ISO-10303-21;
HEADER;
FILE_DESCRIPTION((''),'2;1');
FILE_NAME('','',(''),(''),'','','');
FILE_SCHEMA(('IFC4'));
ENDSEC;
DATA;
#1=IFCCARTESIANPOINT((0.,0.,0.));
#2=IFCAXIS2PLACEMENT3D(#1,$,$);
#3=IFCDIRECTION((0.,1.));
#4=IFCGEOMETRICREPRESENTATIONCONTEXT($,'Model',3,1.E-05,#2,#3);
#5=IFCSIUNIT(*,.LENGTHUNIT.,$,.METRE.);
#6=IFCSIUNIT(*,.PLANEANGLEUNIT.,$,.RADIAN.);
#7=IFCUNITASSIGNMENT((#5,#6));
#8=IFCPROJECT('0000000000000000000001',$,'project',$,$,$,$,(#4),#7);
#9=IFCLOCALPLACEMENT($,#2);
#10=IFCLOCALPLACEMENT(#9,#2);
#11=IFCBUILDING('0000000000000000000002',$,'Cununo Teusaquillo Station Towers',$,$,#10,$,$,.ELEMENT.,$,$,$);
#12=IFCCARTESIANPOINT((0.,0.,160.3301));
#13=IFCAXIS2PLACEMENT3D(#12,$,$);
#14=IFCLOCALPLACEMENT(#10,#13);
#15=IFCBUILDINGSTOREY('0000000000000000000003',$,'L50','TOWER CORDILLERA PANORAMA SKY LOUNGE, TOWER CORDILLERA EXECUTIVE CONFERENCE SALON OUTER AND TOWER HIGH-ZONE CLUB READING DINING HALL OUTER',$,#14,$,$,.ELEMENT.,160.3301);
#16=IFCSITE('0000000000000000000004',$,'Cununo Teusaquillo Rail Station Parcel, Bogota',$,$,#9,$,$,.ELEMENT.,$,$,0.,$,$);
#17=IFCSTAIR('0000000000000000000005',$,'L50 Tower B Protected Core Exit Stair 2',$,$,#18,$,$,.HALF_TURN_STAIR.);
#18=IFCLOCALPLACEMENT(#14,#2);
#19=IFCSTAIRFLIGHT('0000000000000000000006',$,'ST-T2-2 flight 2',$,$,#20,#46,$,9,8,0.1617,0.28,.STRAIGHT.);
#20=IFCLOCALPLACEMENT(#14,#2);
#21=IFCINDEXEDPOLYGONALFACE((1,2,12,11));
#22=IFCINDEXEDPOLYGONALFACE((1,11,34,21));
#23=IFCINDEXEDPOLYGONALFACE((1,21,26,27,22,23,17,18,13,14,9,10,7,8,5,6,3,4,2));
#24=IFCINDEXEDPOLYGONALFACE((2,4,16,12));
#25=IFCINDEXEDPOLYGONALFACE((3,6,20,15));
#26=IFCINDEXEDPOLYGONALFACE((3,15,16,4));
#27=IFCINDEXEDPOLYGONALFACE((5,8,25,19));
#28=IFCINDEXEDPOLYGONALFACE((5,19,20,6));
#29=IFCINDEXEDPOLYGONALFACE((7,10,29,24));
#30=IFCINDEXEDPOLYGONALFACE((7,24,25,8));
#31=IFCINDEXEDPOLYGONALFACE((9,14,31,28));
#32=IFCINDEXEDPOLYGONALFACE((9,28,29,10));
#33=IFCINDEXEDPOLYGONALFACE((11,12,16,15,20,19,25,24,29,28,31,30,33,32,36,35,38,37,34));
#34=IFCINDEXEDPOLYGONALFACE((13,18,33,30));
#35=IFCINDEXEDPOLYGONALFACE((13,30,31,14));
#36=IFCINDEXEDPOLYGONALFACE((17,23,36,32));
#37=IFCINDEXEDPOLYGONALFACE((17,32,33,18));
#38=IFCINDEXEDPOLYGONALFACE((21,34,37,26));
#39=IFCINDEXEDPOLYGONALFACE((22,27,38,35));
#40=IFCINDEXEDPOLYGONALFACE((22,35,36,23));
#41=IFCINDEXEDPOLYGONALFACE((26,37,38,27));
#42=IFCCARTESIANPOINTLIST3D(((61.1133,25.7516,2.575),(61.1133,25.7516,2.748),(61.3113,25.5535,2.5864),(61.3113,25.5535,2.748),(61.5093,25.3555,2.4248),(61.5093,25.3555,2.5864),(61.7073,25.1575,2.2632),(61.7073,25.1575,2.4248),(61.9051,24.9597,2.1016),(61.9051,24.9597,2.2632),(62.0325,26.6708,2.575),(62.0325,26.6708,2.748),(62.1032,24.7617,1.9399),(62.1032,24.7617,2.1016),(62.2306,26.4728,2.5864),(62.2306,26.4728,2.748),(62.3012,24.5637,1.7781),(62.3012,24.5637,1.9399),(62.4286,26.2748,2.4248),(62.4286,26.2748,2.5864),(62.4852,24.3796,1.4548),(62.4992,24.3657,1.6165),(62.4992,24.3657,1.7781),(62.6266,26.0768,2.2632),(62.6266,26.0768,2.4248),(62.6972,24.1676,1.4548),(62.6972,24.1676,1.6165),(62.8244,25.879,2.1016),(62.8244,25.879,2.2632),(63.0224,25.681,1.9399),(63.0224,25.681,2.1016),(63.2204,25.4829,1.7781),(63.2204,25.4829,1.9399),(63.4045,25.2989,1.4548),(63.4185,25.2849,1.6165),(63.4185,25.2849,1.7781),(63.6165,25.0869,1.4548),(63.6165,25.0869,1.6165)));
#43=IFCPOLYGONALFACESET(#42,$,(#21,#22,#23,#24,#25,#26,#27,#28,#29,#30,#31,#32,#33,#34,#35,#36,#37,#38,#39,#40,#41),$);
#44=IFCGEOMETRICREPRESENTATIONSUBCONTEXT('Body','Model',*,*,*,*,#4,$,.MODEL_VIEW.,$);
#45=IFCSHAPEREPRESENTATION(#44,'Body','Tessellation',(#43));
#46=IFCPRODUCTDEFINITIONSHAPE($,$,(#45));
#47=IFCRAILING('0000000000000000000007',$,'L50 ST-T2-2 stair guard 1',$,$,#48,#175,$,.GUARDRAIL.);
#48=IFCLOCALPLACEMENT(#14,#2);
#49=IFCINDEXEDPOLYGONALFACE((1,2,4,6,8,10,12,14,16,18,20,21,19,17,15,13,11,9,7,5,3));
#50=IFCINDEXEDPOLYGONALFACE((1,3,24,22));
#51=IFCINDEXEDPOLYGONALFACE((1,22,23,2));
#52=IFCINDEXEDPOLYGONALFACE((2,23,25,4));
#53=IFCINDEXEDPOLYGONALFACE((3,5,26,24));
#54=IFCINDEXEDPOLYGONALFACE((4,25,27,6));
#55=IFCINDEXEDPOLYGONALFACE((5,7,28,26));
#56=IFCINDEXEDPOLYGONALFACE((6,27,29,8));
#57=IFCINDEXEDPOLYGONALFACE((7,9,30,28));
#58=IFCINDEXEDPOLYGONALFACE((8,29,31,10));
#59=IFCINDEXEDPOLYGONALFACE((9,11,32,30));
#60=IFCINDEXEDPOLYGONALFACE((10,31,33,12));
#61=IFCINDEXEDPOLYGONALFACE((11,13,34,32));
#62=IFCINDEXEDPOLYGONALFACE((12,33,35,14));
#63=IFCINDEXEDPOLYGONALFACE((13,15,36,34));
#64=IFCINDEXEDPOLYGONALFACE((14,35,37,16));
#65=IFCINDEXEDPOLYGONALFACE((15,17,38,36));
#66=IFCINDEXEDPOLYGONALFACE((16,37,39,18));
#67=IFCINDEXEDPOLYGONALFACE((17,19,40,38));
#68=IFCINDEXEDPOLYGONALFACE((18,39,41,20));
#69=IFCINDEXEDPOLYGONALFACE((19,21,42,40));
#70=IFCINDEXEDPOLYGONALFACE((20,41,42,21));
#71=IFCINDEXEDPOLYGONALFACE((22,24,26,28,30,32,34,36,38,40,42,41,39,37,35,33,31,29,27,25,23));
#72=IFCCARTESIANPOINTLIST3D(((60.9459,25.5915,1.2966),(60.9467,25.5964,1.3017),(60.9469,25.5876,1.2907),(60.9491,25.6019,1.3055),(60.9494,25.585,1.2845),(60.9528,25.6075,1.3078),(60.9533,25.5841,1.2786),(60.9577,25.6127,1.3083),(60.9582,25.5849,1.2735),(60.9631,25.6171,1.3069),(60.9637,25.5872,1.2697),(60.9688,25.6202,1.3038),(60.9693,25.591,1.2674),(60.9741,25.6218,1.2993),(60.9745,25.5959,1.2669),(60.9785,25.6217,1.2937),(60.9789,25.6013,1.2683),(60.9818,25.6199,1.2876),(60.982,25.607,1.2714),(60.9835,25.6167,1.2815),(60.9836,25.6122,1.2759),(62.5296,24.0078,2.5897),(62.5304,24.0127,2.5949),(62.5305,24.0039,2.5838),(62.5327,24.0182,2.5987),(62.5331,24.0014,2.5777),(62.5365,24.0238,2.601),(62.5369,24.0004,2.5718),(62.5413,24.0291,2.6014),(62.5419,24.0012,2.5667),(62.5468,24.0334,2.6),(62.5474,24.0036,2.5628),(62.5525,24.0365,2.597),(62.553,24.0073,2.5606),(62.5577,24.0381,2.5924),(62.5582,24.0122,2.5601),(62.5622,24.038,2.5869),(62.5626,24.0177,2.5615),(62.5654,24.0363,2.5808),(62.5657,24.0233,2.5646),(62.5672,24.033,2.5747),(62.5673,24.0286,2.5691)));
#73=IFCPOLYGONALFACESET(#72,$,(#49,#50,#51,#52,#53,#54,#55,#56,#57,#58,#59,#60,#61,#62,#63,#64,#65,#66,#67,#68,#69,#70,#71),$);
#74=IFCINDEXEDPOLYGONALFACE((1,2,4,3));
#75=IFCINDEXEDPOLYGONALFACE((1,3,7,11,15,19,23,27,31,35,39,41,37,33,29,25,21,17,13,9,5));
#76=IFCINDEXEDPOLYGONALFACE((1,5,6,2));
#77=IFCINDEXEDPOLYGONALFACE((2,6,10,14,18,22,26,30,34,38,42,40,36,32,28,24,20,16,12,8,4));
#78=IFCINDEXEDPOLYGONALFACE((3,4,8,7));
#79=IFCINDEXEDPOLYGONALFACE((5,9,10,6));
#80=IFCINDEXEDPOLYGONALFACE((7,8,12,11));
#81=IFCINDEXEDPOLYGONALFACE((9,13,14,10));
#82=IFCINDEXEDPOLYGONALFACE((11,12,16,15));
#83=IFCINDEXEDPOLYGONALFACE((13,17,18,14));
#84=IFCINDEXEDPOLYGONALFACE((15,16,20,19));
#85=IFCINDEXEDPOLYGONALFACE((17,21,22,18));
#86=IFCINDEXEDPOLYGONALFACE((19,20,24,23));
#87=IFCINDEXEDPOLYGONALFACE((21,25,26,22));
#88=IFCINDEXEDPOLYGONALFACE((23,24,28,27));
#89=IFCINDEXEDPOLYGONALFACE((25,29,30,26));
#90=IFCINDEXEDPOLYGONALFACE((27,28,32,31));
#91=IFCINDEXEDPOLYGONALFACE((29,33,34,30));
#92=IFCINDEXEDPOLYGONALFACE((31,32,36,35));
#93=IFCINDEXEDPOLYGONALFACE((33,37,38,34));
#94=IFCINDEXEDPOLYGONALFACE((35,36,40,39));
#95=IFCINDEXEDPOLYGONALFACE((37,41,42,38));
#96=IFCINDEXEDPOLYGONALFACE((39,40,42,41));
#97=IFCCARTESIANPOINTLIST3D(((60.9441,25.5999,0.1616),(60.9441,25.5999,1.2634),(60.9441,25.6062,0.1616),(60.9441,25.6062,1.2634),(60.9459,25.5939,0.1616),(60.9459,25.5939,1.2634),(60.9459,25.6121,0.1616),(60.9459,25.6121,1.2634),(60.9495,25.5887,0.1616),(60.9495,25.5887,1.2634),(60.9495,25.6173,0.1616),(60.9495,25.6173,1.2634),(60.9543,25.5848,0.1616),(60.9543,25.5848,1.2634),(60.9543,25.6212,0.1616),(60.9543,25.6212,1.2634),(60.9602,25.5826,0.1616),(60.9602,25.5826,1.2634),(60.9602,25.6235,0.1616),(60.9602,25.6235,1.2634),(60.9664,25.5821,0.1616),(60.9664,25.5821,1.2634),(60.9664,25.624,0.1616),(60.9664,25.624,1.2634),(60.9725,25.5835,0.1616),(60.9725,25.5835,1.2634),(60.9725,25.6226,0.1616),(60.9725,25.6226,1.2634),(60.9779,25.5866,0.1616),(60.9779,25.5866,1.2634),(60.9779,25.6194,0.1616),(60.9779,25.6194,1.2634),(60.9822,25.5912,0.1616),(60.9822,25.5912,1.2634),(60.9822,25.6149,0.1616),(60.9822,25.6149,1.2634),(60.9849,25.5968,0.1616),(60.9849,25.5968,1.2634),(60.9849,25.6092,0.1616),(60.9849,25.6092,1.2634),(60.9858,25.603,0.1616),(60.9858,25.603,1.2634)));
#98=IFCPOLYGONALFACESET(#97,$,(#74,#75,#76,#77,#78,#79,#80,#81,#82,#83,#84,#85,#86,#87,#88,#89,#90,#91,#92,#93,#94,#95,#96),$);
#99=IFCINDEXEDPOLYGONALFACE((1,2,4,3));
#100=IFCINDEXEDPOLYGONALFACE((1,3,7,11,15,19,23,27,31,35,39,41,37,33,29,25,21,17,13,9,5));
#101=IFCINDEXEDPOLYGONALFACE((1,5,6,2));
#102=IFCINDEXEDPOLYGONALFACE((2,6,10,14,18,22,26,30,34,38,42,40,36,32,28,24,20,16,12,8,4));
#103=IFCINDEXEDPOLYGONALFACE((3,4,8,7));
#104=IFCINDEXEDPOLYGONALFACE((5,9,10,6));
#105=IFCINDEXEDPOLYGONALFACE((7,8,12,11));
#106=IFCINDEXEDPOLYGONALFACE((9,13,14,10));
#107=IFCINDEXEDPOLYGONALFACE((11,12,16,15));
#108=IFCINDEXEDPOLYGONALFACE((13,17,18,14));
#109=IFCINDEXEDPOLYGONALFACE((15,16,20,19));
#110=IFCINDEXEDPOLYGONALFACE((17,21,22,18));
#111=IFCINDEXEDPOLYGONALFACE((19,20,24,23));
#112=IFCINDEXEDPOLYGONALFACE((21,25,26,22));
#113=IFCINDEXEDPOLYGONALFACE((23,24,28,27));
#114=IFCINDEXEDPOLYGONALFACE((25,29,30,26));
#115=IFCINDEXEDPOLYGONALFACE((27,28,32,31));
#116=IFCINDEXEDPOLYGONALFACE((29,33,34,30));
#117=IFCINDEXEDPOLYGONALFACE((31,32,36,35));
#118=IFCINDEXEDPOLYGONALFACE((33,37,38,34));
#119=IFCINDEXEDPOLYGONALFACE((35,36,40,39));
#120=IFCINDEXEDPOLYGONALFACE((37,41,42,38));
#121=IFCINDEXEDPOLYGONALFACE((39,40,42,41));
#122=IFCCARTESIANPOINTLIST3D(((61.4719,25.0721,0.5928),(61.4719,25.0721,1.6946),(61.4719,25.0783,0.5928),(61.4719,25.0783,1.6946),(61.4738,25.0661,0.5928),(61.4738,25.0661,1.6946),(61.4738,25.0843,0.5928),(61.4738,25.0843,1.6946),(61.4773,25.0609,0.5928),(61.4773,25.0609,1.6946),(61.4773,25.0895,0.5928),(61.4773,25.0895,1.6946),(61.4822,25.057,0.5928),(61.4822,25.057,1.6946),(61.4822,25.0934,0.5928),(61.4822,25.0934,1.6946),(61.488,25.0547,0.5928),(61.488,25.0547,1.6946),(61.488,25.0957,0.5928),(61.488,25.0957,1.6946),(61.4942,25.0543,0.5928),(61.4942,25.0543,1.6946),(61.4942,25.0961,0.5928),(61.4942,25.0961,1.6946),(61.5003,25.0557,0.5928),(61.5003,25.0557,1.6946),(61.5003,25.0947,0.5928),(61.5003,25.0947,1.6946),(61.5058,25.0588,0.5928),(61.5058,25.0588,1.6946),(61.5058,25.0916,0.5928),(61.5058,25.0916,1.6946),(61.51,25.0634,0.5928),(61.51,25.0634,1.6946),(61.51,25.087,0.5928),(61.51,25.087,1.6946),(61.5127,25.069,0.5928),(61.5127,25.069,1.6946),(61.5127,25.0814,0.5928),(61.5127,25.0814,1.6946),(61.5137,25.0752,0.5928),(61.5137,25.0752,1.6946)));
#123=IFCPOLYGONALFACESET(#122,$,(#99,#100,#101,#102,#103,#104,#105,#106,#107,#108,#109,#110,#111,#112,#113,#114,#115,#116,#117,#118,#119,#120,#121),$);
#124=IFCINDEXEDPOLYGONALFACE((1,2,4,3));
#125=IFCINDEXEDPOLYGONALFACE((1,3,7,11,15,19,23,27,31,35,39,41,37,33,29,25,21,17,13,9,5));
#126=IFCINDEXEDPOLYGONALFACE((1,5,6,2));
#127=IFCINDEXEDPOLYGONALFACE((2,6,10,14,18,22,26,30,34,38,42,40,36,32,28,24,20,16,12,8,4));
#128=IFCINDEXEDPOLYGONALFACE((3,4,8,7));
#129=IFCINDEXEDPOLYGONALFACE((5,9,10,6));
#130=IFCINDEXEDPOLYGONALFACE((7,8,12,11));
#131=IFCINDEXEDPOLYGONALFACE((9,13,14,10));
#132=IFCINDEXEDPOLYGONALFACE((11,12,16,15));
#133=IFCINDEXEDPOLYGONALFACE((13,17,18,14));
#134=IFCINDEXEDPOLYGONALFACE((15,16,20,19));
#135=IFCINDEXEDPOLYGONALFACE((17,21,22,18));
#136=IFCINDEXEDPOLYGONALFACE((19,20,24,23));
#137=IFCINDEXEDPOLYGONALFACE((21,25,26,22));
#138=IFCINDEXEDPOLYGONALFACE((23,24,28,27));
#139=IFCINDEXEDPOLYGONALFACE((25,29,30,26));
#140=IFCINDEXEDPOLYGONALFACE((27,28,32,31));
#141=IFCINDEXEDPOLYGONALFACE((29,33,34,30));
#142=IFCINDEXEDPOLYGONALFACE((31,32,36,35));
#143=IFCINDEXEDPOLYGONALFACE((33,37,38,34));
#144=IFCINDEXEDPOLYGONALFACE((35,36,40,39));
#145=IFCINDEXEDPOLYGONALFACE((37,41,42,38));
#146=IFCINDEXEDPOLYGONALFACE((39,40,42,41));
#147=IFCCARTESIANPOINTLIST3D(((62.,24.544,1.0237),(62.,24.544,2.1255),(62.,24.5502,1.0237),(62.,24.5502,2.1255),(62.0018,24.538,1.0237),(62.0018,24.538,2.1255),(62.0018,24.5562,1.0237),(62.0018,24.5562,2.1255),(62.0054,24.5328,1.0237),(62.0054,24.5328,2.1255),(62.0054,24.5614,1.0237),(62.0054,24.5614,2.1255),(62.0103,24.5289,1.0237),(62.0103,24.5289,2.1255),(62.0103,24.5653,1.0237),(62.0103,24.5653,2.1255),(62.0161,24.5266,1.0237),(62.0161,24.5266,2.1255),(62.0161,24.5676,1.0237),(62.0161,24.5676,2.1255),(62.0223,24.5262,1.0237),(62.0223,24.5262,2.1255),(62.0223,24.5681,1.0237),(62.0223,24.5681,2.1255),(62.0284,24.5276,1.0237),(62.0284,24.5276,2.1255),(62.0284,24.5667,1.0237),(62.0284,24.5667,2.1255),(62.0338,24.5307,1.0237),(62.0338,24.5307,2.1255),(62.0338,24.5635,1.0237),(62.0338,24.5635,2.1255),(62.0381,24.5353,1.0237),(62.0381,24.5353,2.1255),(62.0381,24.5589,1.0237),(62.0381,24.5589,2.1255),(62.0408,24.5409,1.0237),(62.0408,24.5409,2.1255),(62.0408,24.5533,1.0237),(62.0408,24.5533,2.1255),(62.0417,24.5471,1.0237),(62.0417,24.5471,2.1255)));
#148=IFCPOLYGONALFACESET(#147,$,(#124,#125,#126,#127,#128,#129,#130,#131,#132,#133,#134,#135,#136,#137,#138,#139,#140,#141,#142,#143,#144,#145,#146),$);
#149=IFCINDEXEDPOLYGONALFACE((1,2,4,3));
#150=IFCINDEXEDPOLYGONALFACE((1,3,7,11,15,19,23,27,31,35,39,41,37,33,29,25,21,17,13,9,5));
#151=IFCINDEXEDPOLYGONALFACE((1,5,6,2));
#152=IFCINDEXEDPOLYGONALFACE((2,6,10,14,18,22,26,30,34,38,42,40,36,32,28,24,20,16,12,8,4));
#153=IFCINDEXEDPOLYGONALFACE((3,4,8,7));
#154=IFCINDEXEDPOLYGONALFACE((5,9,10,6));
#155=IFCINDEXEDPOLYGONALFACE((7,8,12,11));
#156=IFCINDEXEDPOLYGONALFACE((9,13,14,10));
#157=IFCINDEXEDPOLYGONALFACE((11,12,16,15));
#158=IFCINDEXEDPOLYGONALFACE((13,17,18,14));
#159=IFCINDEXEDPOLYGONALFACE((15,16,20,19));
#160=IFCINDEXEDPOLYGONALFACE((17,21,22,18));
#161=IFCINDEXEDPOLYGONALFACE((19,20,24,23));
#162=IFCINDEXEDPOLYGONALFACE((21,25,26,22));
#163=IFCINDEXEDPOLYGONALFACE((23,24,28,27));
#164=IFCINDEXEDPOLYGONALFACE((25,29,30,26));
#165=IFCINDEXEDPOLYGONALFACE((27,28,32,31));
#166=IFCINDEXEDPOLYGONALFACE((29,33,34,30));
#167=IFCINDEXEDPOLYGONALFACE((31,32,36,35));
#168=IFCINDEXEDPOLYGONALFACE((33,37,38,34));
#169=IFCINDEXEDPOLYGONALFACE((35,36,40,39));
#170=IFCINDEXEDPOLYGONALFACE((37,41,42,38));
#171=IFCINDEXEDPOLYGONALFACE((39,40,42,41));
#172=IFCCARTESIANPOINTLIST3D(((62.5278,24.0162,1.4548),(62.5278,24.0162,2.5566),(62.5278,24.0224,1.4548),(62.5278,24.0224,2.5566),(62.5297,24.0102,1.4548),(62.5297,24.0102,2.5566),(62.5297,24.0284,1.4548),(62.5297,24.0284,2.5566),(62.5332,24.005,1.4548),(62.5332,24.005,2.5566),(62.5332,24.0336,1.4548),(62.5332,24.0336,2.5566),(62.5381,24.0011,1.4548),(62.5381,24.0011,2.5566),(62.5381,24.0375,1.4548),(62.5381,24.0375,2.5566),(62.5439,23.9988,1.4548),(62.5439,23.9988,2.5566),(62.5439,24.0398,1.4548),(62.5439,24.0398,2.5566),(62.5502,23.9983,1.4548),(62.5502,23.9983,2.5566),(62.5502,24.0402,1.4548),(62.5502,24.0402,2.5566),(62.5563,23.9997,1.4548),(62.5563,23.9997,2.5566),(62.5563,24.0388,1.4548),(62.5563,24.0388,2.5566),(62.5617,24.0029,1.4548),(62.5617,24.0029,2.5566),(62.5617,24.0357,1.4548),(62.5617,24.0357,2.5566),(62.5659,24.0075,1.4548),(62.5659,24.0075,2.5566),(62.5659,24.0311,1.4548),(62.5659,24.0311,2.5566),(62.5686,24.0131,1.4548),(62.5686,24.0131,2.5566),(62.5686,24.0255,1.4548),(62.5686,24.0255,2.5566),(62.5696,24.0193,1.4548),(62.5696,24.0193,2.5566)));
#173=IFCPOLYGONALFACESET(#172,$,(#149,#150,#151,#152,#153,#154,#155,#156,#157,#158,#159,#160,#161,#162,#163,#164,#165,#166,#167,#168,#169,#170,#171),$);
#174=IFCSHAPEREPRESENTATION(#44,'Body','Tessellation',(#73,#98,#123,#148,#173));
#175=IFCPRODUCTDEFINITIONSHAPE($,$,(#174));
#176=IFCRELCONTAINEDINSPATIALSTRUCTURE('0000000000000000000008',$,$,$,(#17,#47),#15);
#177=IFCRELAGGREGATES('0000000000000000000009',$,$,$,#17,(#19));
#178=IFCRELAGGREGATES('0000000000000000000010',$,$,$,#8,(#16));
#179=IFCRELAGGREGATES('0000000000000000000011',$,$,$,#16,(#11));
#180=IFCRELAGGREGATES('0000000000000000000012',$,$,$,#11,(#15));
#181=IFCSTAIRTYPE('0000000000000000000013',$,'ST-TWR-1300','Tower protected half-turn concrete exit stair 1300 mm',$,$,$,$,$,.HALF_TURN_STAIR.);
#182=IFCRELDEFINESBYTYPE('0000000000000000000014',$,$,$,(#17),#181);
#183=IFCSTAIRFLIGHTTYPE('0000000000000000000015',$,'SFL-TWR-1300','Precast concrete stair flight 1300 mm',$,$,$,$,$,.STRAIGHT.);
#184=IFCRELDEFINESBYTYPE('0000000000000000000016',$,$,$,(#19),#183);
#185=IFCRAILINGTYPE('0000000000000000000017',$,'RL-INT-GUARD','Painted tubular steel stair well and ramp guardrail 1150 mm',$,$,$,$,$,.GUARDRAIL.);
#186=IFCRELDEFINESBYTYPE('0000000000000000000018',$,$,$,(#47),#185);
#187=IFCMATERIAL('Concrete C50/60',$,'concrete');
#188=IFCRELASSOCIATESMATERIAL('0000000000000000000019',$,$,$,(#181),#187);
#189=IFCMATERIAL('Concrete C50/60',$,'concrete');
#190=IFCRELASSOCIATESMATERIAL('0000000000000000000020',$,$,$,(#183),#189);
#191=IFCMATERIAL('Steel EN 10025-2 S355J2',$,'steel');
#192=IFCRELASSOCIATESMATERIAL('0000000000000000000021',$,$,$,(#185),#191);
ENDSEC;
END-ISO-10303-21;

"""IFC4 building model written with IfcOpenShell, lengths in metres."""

from ifc_helpers import new_model, si_unit, direction, frame, origin, origin_2d, place, context, subcontext, project, spatial, polyline, circle, outline, extrude, material, type_object, element, aggregate, save


model = new_model("IFC4")

# Units and contexts
model_context = context("Model", 3, precision=1e-05, world=origin(), true_north=direction((0.0, 1.0)))
body_context = subcontext(model_context, "Body", "Model", "MODEL_VIEW")
ifc_project = project(units=[si_unit("LENGTHUNIT", "METRE"), si_unit("PLANEANGLEUNIT", "RADIAN")], contexts=[model_context])

# Site, building, storey
site_placement = place(None, origin())
site = spatial("IfcSite", under=ifc_project, at=site_placement, Name="Cununo Teusaquillo Rail Station Parcel, Bogota", CompositionType="ELEMENT", RefElevation=0.0)
building_placement = place(site_placement, origin())
building = spatial("IfcBuilding", under=site, at=building_placement, Name="Cununo Teusaquillo Station Towers", CompositionType="ELEMENT")
storey_placement = place(building_placement, frame((0.0, 0.0, 160.3301)))
storey = spatial("IfcBuildingStorey", under=building, at=storey_placement, Name="L50", Description="TOWER CORDILLERA PANORAMA SKY LOUNGE, TOWER CORDILLERA EXECUTIVE CONFERENCE SALON OUTER AND TOWER HIGH-ZONE CLUB READING DINING HALL OUTER", CompositionType="ELEMENT", Elevation=160.3301)

# Stair, stair flight
ifc_material_1 = material(Name="Concrete C50/60", Category="concrete")
stair_type = type_object("IfcStairType", Name="ST-TWR-1300", Description="Tower protected half-turn concrete exit stair 1300 mm", PredefinedType="HALF_TURN_STAIR", material=ifc_material_1)
stair_placement = place(storey_placement, origin())
stair = element("IfcStair", 1, at=stair_placement, inside=storey, type_object=stair_type, Name="L50 Tower B Protected Core Exit Stair 2", PredefinedType="HALF_TURN_STAIR")
ifc_material_2 = material(Name="Concrete C50/60", Category="concrete")
stair_flight_type = type_object("IfcStairFlightType", Name="SFL-TWR-1300", Description="Precast concrete stair flight 1300 mm", PredefinedType="STRAIGHT", material=ifc_material_2)
stair_flight_1_placement = place(storey_placement, frame((63.1567, 24.6272, 1.4548), z_axis=(0.0, 0.0, 1.0), x_axis=(-0.707107, 0.707107, 0.0)))
stair_flight_1 = element("IfcStairFlight", 2, at=stair_flight_1_placement, type_object=stair_flight_type, Name="ST-T2-2 flight 2", NumberOfRisers=9, NumberOfTreads=8, PredefinedType="STRAIGHT", RiserHeight=0.1617, TreadLength=0.28, context=body_context, shape_type="SweptSolid", body=[
    extrude(outline(polyline([(0.0, 0.0), (0.0, 0.1616), (0.28, 0.1616), (0.28, 0.3232), (0.5601, 0.3232), (0.5601, 0.4851), (0.8401, 0.4851), (0.8401, 0.6467), (1.1201, 0.6467), (1.1201, 0.8083), (1.3999, 0.8083), (1.3999, 0.97), (1.6799, 0.97), (1.6799, 1.1316), (1.96, 1.1316), (1.96, 1.2932), (2.24, 1.2932), (2.24, 1.4551), (2.24, 1.1201), (0.2998, 0.0), (0.0, 0.0)])), frame((0.0, 0.6499, 0.0), z_axis=(0.0, -1.0, 0.0), x_axis=(1.0, 0.0, 0.0)), (0.0, 0.0, 1.0), 1.3),
])
aggregate(stair, [stair_flight_1])

# Railing
ifc_material_3 = material(Name="Steel EN 10025-2 S355J2", Category="steel")
railing_type_1 = type_object("IfcRailingType", Name="RL-INT-GUARD", Description="Painted tubular steel stair well and ramp guardrail 1150 mm", PredefinedType="GUARDRAIL", material=ifc_material_3)
railing_1_placement = place(storey_placement, frame((60.9648, 25.603, 0.1616)))
element("IfcRailing", 3, at=railing_1_placement, inside=storey, type_object=railing_type_1, Name="L50 ST-T2-2 stair guard 1", PredefinedType="GUARDRAIL", context=body_context, shape_type="SweptSolid", body=[
    extrude(circle(Radius=0.0239, at=origin_2d()), frame((0.0, 0.0, 1.126), z_axis=(0.612361, -0.612361, 0.500027), x_axis=(0.707107, 0.707107, 0.0)), (0.0, 0.0, 1.0), 2.5862),
    extrude(circle(Radius=0.021, at=origin_2d()), origin(), (0.0, 0.0, 1.0), 1.1018),
    extrude(circle(Radius=0.021, at=origin_2d()), frame((0.5278, -0.5278, 0.4312)), (0.0, 0.0, 1.0), 1.1018),
    extrude(circle(Radius=0.021, at=origin_2d()), frame((1.0559, -1.0559, 0.8621)), (0.0, 0.0, 1.0), 1.1018),
    extrude(circle(Radius=0.021, at=origin_2d()), frame((1.5837, -1.5837, 1.2932)), (0.0, 0.0, 1.0), 1.1018),
])

save(model, "model.ifc")
